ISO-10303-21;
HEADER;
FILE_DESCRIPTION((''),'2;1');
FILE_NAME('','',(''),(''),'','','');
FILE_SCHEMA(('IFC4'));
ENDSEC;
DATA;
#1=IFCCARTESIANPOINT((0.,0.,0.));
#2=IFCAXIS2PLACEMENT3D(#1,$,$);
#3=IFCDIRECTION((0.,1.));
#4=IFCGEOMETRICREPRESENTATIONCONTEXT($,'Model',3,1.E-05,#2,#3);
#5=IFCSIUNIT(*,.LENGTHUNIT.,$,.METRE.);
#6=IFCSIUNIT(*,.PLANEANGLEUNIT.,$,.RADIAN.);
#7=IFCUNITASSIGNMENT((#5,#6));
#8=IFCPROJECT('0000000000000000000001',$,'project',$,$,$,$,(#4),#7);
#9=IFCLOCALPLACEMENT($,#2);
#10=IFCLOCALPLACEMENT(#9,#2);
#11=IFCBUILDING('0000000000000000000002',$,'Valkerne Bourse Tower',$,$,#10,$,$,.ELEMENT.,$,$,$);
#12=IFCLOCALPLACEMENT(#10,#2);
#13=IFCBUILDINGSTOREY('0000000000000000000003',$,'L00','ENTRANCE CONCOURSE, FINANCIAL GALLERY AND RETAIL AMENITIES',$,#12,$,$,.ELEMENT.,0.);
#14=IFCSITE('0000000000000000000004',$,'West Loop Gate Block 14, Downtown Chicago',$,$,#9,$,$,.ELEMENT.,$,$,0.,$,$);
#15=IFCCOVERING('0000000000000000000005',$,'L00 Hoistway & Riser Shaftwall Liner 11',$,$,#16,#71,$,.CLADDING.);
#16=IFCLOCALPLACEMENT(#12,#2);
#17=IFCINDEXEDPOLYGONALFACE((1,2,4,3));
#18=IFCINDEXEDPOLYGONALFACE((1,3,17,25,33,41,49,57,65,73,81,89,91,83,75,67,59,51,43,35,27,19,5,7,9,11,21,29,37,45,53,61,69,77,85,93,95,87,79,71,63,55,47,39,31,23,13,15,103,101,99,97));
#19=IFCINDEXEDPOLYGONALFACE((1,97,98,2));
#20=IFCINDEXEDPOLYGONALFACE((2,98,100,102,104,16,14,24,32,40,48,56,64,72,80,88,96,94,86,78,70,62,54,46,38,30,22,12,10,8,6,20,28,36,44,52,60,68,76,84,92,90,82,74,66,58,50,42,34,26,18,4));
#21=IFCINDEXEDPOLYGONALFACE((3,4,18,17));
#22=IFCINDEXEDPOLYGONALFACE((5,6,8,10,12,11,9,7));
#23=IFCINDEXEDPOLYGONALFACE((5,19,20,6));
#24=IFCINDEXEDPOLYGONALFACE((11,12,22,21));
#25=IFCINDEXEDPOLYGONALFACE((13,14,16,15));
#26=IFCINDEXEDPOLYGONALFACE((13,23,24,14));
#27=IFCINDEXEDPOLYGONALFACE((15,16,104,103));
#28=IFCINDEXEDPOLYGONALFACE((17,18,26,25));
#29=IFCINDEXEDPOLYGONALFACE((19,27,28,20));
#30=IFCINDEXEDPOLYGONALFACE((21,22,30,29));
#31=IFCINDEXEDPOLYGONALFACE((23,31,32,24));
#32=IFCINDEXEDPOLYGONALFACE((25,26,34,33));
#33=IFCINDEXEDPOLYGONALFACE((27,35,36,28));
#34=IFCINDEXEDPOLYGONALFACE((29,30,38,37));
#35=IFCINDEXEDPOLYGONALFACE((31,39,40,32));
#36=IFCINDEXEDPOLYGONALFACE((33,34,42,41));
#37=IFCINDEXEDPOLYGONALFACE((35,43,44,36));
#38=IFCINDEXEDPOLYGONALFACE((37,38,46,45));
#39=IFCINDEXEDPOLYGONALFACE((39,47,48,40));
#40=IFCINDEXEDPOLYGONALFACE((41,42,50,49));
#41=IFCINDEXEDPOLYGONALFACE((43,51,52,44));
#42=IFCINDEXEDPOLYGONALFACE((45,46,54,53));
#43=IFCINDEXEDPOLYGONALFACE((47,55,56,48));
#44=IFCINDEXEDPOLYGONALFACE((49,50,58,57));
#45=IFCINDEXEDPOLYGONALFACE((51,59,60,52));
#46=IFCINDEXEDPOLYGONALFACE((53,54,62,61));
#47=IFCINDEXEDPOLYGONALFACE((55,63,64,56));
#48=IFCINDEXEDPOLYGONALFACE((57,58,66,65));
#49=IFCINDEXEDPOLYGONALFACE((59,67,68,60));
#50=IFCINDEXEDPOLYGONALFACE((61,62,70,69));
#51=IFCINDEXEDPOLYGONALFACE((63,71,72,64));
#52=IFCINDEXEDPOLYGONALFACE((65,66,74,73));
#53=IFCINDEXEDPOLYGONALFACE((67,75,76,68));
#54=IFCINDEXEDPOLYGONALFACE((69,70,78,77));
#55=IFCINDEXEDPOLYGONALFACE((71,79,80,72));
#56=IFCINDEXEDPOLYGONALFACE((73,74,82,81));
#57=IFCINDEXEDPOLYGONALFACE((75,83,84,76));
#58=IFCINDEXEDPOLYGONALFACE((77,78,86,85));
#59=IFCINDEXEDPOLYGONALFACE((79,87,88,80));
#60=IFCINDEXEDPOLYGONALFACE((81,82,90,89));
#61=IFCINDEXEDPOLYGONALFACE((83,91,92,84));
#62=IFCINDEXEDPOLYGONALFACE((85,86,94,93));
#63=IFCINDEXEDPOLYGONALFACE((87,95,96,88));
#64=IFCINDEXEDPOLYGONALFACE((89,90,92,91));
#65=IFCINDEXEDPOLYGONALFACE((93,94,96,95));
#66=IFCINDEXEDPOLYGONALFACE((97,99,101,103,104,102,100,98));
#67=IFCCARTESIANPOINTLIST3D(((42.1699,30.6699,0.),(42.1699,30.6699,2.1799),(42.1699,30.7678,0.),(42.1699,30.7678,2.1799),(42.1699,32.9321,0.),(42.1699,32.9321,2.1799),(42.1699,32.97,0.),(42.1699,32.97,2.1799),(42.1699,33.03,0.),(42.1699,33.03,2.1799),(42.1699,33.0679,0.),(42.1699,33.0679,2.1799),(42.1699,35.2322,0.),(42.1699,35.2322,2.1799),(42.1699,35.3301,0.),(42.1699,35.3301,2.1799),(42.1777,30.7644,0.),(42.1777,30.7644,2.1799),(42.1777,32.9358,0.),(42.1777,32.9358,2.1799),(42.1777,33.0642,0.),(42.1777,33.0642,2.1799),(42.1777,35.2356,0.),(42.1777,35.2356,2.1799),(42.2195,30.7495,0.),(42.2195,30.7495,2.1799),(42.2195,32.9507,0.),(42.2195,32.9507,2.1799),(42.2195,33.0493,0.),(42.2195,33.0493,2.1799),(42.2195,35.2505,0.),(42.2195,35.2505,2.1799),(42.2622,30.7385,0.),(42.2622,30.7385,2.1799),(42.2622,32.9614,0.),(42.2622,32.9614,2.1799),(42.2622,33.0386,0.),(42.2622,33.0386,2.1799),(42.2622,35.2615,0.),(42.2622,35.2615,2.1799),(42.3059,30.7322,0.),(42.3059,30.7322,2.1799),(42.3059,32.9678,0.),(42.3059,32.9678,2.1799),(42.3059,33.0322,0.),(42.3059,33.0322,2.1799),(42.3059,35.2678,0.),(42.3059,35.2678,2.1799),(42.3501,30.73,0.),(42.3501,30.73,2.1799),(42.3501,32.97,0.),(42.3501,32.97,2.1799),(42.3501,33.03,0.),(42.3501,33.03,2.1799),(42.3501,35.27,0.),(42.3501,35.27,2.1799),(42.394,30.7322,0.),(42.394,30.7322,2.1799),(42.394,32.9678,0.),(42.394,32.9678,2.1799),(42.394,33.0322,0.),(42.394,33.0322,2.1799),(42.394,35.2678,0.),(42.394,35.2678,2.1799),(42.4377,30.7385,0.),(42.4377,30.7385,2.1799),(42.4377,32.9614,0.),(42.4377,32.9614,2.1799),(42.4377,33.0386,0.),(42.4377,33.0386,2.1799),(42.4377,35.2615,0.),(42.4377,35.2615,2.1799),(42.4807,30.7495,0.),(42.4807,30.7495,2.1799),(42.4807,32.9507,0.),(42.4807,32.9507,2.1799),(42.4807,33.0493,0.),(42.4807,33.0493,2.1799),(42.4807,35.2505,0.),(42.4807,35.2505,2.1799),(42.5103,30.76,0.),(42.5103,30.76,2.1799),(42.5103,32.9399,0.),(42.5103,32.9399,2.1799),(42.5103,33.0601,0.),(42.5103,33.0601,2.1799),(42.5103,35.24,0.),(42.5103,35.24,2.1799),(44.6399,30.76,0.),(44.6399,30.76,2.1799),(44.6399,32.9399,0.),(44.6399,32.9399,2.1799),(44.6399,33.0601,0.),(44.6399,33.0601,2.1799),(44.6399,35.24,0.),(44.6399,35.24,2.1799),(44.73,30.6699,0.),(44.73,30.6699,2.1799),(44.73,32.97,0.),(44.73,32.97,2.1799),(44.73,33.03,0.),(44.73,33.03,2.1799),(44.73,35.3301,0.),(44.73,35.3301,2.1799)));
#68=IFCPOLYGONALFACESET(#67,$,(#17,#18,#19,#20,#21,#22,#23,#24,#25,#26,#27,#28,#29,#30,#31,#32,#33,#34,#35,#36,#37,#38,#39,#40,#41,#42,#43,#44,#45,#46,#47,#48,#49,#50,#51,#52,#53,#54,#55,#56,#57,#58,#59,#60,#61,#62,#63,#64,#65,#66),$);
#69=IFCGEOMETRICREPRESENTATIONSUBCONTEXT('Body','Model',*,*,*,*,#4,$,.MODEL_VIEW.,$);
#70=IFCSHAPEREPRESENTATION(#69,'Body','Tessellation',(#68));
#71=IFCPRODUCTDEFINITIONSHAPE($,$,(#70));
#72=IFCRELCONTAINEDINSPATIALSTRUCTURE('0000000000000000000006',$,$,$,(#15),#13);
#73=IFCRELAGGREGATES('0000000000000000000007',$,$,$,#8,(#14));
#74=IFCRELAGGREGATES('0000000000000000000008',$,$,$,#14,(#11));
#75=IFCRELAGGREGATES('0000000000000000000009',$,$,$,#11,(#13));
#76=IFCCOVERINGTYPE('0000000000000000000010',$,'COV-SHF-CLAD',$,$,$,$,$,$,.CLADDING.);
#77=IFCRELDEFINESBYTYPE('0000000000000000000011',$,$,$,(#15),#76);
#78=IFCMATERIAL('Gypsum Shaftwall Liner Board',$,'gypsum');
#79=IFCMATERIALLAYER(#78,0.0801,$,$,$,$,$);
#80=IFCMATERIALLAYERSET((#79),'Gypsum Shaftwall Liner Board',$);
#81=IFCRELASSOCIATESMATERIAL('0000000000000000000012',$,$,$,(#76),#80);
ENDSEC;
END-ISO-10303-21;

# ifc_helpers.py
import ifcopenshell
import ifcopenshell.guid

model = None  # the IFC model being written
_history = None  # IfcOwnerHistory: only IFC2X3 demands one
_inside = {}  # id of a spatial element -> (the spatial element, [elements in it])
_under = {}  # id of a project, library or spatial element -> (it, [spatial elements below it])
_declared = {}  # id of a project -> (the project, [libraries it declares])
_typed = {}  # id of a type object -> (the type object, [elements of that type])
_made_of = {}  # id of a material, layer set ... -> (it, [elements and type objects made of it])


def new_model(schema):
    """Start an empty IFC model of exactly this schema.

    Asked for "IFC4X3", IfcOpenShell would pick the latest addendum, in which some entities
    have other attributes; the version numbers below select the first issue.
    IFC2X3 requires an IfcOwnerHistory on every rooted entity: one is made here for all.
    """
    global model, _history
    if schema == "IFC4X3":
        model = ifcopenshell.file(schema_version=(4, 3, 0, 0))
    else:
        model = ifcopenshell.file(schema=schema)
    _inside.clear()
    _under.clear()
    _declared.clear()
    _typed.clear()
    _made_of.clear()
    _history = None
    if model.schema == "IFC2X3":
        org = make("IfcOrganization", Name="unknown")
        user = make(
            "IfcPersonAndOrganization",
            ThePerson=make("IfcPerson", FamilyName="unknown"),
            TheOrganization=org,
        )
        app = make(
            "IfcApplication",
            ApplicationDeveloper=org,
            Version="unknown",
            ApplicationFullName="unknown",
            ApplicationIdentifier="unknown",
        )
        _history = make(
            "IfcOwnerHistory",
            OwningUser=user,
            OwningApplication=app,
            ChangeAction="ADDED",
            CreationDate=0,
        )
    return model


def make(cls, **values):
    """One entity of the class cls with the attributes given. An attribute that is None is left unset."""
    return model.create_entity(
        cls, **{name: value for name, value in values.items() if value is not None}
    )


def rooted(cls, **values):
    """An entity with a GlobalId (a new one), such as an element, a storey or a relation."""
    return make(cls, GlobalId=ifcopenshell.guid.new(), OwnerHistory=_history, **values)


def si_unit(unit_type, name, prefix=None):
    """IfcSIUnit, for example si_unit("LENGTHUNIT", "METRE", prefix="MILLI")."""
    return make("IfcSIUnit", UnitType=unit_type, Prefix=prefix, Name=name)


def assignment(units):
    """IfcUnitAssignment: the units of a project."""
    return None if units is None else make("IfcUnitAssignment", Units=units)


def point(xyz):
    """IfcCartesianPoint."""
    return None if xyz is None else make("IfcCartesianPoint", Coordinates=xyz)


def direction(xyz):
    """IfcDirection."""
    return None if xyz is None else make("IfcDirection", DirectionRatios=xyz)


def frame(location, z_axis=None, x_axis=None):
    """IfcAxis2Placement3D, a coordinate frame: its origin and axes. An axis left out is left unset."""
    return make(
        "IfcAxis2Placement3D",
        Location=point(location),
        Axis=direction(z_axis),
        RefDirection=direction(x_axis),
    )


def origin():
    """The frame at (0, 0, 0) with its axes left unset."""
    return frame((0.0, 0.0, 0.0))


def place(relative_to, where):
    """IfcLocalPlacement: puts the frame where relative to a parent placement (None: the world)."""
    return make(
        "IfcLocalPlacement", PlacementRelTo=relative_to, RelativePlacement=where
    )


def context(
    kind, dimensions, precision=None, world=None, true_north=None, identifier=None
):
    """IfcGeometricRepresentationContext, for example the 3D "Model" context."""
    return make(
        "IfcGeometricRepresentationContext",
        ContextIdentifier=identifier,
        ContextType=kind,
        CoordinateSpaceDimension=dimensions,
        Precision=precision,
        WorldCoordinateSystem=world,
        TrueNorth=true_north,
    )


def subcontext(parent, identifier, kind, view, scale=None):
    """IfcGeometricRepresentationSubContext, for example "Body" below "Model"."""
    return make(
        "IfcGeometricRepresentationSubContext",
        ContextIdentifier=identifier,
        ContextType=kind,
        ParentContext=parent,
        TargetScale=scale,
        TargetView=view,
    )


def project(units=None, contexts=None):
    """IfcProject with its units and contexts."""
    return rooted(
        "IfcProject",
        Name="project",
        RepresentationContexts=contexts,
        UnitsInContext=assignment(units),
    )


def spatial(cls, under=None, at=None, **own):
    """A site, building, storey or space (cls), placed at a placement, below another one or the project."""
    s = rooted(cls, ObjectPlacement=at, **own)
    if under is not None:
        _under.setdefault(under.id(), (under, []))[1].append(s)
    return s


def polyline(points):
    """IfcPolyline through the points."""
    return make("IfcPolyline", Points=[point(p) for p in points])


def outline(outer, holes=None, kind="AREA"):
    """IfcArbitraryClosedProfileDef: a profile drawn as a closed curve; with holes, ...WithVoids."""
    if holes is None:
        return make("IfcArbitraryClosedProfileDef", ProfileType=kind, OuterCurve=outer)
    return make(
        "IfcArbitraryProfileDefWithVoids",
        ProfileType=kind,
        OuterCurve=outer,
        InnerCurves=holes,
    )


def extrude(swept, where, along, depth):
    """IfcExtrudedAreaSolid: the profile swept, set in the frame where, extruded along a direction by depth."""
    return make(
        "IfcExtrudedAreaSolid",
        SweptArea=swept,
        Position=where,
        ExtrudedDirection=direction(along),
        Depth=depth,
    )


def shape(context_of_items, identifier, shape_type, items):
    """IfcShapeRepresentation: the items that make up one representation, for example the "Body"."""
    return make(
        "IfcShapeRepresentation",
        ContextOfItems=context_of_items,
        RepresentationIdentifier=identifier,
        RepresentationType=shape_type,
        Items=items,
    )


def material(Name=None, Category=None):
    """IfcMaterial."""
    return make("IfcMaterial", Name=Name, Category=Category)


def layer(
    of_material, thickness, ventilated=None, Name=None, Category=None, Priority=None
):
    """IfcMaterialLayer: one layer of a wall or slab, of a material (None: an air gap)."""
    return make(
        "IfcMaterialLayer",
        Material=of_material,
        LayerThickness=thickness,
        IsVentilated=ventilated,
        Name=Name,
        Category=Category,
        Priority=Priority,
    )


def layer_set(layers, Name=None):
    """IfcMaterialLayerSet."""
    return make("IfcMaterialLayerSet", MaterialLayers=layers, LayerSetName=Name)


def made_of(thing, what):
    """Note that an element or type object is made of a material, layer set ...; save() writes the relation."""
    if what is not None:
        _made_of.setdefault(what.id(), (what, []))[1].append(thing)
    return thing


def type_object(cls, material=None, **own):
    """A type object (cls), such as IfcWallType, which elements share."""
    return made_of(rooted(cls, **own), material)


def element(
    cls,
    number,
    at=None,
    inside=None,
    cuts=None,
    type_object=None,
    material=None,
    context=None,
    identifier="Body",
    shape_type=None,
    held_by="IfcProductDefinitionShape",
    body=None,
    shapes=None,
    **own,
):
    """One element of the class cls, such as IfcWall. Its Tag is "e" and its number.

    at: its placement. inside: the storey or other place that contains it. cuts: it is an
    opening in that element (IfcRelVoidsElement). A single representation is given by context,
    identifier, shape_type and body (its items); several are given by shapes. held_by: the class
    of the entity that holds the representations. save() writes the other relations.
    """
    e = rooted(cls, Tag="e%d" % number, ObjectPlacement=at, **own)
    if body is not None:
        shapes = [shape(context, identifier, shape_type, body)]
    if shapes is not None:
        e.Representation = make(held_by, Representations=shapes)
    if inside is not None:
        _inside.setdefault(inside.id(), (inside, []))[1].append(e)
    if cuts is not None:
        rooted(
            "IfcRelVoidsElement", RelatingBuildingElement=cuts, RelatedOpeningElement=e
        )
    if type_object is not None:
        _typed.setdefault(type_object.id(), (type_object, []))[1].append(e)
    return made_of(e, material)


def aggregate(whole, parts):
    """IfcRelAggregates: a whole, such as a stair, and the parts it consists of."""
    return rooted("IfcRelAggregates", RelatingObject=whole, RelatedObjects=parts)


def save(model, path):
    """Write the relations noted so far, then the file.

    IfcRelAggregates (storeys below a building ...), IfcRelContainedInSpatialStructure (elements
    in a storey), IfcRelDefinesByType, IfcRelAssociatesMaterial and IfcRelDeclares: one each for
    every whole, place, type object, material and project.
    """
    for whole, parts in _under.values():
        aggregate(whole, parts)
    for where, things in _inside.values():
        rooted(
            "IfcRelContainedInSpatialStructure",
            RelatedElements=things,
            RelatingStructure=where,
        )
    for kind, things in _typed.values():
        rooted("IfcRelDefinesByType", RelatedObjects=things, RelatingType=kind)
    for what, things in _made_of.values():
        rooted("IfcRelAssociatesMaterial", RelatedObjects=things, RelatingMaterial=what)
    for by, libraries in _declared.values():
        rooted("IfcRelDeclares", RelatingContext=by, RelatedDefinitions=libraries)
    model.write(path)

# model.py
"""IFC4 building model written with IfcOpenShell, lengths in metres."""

from ifc_helpers import new_model, si_unit, direction, origin, place, context, subcontext, project, spatial, polyline, outline, extrude, material, layer, layer_set, type_object, element, save


model = new_model("IFC4")

# Units and contexts
model_context = context("Model", 3, precision=1e-05, world=origin(), true_north=direction((0.0, 1.0)))
body_context = subcontext(model_context, "Body", "Model", "MODEL_VIEW")
ifc_project = project(units=[si_unit("LENGTHUNIT", "METRE"), si_unit("PLANEANGLEUNIT", "RADIAN")], contexts=[model_context])

# Site, building, storey
site_placement = place(None, origin())
site = spatial("IfcSite", under=ifc_project, at=site_placement, Name="West Loop Gate Block 14, Downtown Chicago", CompositionType="ELEMENT", RefElevation=0.0)
building_placement = place(site_placement, origin())
building = spatial("IfcBuilding", under=site, at=building_placement, Name="Valkerne Bourse Tower", CompositionType="ELEMENT")
storey_placement = place(building_placement, origin())
storey = spatial("IfcBuildingStorey", under=building, at=storey_placement, Name="L00", Description="ENTRANCE CONCOURSE, FINANCIAL GALLERY AND RETAIL AMENITIES", CompositionType="ELEMENT", Elevation=0.0)

# Covering
ifc_material_1 = material(Name="Gypsum Shaftwall Liner Board", Category="gypsum")
ifc_layer_1 = layer(ifc_material_1, 0.0801)
ifc_layer_set_1 = layer_set([ifc_layer_1], Name="Gypsum Shaftwall Liner Board")
covering_type_1 = type_object("IfcCoveringType", Name="COV-SHF-CLAD", PredefinedType="CLADDING", material=ifc_layer_set_1)
covering_1_placement = place(storey_placement, origin())
element("IfcCovering", 1, at=covering_1_placement, inside=storey, type_object=covering_type_1, Name="L00 Hoistway & Riser Shaftwall Liner 11", PredefinedType="CLADDING", context=body_context, shape_type="SweptSolid", body=[
    extrude(outline(polyline([(44.73, 35.3301), (44.73, 33.03), (44.73, 32.97), (44.73, 30.6699), (42.1699, 30.6699), (42.1699, 30.7678), (42.1777, 30.7644), (42.2195, 30.7495), (42.2622, 30.7385), (42.3059, 30.7322), (42.3501, 30.73), (42.394, 30.7322), (42.4377, 30.7385), (42.4807, 30.7495), (42.5103, 30.76), (44.6399, 30.76), (44.6399, 32.9399), (42.5103, 32.9399), (42.4807, 32.9507), (42.4377, 32.9614), (42.394, 32.9678), (42.3501, 32.97), (42.3059, 32.9678), (42.2622, 32.9614), (42.2195, 32.9507), (42.1777, 32.9358), (42.1699, 32.9321), (42.1699, 32.97), (42.1699, 33.03), (42.1699, 33.0679), (42.1777, 33.0642), (42.2195, 33.0493), (42.2622, 33.0386), (42.3059, 33.0322), (42.3501, 33.03), (42.394, 33.0322), (42.4377, 33.0386), (42.4807, 33.0493), (42.5103, 33.0601), (44.6399, 33.0601), (44.6399, 35.24), (42.5103, 35.24), (42.4807, 35.2505), (42.4377, 35.2615), (42.394, 35.2678), (42.3501, 35.27), (42.3059, 35.2678), (42.2622, 35.2615), (42.2195, 35.2505), (42.1777, 35.2356), (42.1699, 35.2322), (42.1699, 35.3301), (44.73, 35.3301)])), origin(), (0.0, 0.0, 1.0), 2.1799),
])

save(model, "model.ifc")
